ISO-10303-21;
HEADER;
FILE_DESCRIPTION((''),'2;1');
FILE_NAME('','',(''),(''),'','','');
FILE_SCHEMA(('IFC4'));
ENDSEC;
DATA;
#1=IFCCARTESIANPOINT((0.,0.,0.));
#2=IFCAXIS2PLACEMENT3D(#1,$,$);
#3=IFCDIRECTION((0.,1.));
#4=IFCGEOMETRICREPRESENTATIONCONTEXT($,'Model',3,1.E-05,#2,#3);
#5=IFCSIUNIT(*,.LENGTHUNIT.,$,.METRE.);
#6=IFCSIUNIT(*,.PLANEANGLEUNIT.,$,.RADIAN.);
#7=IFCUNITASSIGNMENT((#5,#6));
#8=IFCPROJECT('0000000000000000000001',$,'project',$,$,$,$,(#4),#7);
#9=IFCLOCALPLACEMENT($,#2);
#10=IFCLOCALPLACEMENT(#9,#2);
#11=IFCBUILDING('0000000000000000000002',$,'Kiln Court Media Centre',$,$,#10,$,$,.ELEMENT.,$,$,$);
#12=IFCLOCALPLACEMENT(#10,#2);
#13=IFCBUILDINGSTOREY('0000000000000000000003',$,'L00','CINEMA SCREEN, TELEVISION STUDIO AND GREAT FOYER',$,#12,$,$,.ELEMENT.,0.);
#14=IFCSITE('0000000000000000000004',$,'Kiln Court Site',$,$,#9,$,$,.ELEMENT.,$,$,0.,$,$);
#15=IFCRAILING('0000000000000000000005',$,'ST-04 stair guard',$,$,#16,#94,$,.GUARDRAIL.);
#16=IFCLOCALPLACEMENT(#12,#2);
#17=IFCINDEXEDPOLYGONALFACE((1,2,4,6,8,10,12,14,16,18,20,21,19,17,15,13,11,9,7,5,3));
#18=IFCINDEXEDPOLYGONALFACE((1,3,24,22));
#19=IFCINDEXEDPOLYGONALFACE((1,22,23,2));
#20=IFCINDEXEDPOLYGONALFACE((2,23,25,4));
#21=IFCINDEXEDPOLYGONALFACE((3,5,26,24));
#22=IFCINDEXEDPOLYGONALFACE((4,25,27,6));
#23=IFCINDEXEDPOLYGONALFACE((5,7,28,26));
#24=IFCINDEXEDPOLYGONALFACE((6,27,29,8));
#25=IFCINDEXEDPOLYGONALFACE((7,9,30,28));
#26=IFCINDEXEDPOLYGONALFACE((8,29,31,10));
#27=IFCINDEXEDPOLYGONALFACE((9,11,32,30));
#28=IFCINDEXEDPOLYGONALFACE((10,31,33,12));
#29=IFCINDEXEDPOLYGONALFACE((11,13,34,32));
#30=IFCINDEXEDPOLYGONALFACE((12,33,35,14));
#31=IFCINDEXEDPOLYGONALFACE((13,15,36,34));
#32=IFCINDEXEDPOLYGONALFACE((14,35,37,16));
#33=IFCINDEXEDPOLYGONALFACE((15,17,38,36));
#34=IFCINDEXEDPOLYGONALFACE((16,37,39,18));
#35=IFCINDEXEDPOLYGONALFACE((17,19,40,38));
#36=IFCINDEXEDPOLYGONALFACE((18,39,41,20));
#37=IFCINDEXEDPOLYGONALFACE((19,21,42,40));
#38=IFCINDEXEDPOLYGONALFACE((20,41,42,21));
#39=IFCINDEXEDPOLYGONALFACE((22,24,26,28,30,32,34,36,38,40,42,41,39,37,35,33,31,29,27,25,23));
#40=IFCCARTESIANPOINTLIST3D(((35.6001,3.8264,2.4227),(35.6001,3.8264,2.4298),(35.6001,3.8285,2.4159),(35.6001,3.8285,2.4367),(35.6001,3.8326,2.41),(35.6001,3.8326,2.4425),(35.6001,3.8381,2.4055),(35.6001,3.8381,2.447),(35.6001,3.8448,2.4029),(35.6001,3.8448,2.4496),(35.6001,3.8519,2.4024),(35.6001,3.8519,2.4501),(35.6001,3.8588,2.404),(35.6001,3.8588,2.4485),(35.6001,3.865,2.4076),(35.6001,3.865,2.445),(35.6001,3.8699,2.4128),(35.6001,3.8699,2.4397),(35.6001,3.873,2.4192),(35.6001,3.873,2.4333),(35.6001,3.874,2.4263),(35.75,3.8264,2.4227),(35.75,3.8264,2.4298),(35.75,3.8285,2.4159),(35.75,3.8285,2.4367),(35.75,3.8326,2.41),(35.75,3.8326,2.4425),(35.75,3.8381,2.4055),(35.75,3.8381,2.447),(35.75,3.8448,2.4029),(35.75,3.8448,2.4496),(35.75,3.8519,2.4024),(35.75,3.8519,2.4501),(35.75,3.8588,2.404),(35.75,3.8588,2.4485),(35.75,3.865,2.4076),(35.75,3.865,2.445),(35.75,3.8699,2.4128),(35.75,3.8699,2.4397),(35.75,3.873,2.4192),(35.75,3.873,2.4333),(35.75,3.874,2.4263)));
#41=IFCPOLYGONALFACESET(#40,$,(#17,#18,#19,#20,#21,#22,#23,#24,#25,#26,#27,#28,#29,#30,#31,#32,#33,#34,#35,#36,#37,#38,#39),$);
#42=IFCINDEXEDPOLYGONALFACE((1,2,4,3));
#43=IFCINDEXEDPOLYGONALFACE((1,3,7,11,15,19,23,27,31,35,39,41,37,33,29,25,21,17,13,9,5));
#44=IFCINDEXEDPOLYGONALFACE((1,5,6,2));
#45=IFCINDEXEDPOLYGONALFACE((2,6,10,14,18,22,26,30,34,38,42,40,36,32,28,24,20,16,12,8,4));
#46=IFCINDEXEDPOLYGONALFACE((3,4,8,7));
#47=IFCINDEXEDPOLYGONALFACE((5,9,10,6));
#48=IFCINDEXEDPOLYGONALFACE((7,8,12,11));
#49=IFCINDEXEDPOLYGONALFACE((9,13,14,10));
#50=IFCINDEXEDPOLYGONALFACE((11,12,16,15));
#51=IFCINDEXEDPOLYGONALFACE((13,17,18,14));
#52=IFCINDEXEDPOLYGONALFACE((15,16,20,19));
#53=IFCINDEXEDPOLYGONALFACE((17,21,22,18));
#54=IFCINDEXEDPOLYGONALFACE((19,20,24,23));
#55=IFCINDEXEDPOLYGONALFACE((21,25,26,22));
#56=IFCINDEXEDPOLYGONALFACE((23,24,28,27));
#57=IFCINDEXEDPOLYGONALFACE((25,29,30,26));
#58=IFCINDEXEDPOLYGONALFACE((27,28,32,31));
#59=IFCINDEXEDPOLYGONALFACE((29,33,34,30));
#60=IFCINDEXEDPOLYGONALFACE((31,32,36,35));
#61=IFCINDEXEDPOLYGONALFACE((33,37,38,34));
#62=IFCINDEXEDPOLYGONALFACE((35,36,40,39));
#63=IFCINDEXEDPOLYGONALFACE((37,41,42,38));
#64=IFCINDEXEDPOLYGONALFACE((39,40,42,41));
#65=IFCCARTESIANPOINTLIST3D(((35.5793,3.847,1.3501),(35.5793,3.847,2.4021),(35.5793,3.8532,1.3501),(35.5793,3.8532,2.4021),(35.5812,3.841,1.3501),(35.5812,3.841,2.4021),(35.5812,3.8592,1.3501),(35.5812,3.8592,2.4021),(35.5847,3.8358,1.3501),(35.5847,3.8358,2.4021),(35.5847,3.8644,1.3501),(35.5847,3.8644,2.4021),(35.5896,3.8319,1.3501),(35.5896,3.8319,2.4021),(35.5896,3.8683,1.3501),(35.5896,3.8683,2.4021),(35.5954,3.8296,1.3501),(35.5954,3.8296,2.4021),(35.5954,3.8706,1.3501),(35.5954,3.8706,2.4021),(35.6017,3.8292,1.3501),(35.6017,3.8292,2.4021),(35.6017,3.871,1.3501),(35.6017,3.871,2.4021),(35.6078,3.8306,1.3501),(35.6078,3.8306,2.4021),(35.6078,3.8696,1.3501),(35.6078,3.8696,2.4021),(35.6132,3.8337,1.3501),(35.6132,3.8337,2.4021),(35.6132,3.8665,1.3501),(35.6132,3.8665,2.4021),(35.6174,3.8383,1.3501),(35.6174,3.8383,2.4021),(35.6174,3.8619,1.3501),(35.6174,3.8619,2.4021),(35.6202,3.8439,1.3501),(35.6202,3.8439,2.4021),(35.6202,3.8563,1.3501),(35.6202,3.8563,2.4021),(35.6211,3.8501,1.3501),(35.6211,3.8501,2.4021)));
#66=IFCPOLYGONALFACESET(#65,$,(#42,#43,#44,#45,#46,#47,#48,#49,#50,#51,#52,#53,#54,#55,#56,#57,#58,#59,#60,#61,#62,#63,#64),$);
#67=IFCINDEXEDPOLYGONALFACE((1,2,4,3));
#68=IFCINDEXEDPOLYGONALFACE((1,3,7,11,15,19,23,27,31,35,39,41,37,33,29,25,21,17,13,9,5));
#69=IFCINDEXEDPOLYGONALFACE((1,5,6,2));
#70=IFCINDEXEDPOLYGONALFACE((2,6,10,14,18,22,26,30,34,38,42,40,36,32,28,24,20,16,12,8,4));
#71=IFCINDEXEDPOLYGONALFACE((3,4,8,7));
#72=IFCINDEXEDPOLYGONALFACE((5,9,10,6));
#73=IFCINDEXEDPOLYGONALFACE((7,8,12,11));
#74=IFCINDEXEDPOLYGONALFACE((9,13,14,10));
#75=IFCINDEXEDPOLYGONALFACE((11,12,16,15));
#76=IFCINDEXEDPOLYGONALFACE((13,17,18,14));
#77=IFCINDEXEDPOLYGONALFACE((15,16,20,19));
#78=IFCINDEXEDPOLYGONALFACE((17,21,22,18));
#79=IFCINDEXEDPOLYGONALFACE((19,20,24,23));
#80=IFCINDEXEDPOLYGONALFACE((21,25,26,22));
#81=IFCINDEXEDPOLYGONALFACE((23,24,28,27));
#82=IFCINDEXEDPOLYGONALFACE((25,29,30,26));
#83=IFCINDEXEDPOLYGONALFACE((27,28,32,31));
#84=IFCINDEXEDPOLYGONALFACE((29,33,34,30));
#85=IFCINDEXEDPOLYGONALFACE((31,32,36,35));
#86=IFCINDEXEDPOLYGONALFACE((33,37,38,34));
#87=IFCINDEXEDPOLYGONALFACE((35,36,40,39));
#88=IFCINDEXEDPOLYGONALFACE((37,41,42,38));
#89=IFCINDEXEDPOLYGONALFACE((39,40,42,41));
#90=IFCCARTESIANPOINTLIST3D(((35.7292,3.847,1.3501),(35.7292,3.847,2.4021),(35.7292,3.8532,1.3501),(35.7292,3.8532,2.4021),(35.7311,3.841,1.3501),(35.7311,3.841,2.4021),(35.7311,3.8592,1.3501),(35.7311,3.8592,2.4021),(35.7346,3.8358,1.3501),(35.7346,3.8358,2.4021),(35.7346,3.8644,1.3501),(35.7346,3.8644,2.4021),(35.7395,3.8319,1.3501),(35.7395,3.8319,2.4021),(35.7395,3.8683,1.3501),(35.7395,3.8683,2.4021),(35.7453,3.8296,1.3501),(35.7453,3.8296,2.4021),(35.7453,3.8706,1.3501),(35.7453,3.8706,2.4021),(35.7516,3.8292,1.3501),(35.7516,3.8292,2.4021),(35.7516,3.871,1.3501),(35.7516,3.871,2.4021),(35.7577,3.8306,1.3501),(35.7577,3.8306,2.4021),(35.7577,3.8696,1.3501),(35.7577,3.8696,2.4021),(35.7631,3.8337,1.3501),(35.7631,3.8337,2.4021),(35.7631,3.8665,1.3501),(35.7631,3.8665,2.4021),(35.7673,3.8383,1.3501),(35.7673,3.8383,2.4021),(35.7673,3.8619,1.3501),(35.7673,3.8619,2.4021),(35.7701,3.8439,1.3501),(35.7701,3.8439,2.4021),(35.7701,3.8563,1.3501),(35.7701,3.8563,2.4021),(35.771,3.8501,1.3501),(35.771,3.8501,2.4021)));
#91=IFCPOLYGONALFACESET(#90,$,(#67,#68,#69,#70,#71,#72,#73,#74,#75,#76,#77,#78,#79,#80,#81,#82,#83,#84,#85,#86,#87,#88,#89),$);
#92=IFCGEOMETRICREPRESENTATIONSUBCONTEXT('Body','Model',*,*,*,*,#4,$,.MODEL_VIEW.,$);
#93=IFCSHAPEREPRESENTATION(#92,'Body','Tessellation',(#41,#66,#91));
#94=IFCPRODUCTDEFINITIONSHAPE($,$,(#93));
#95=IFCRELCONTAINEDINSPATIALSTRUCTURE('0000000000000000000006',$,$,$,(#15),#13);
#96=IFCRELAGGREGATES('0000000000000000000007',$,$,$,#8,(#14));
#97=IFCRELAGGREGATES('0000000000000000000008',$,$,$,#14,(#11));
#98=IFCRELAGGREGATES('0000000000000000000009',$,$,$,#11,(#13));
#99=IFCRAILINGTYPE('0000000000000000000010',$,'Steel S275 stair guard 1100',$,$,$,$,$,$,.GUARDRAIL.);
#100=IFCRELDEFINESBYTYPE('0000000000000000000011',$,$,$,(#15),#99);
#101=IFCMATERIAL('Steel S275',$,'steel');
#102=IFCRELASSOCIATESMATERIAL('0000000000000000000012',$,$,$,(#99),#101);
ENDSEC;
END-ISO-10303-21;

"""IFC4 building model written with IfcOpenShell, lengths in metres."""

from ifc_helpers import new_model, si_unit, direction, frame, origin, origin_2d, place, context, subcontext, project, spatial, circle, extrude, material, type_object, element, save


model = new_model("IFC4")

# Units and contexts
model_context = context("Model", 3, precision=1e-05, world=origin(), true_north=direction((0.0, 1.0)))
body_context = subcontext(model_context, "Body", "Model", "MODEL_VIEW")
ifc_project = project(units=[si_unit("LENGTHUNIT", "METRE"), si_unit("PLANEANGLEUNIT", "RADIAN")], contexts=[model_context])

# Site, building, storey
site_placement = place(None, origin())
site = spatial("IfcSite", under=ifc_project, at=site_placement, Name="Kiln Court Site", CompositionType="ELEMENT", RefElevation=0.0)
building_placement = place(site_placement, origin())
building = spatial("IfcBuilding", under=site, at=building_placement, Name="Kiln Court Media Centre", CompositionType="ELEMENT")
storey_placement = place(building_placement, origin())
storey = spatial("IfcBuildingStorey", under=building, at=storey_placement, Name="L00", Description="CINEMA SCREEN, TELEVISION STUDIO AND GREAT FOYER", CompositionType="ELEMENT", Elevation=0.0)

# Railing
ifc_material_1 = material(Name="Steel S275", Category="steel")
railing_type_1 = type_object("IfcRailingType", Name="Steel S275 stair guard 1100", PredefinedType="GUARDRAIL", material=ifc_material_1)
railing_1_placement = place(storey_placement, frame((35.6001, 3.8501, 1.3501)))
element("IfcRailing", 1, at=railing_1_placement, inside=storey, type_object=railing_type_1, Name="ST-04 stair guard", PredefinedType="GUARDRAIL", context=body_context, shape_type="SweptSolid", body=[
    extrude(circle(Radius=0.0239, at=origin_2d()), frame((0.0, 0.0, 1.0762), z_axis=(1.0, 0.0, 0.0), x_axis=(0.0, 1.0, 0.0)), (0.0, 0.0, 1.0), 0.1499),
    extrude(circle(Radius=0.021, at=origin_2d()), origin(), (0.0, 0.0, 1.0), 1.052),
    extrude(circle(Radius=0.021, at=origin_2d()), frame((0.1499, 0.0, 0.0)), (0.0, 0.0, 1.0), 1.052),
])

save(model, "model.ifc")
